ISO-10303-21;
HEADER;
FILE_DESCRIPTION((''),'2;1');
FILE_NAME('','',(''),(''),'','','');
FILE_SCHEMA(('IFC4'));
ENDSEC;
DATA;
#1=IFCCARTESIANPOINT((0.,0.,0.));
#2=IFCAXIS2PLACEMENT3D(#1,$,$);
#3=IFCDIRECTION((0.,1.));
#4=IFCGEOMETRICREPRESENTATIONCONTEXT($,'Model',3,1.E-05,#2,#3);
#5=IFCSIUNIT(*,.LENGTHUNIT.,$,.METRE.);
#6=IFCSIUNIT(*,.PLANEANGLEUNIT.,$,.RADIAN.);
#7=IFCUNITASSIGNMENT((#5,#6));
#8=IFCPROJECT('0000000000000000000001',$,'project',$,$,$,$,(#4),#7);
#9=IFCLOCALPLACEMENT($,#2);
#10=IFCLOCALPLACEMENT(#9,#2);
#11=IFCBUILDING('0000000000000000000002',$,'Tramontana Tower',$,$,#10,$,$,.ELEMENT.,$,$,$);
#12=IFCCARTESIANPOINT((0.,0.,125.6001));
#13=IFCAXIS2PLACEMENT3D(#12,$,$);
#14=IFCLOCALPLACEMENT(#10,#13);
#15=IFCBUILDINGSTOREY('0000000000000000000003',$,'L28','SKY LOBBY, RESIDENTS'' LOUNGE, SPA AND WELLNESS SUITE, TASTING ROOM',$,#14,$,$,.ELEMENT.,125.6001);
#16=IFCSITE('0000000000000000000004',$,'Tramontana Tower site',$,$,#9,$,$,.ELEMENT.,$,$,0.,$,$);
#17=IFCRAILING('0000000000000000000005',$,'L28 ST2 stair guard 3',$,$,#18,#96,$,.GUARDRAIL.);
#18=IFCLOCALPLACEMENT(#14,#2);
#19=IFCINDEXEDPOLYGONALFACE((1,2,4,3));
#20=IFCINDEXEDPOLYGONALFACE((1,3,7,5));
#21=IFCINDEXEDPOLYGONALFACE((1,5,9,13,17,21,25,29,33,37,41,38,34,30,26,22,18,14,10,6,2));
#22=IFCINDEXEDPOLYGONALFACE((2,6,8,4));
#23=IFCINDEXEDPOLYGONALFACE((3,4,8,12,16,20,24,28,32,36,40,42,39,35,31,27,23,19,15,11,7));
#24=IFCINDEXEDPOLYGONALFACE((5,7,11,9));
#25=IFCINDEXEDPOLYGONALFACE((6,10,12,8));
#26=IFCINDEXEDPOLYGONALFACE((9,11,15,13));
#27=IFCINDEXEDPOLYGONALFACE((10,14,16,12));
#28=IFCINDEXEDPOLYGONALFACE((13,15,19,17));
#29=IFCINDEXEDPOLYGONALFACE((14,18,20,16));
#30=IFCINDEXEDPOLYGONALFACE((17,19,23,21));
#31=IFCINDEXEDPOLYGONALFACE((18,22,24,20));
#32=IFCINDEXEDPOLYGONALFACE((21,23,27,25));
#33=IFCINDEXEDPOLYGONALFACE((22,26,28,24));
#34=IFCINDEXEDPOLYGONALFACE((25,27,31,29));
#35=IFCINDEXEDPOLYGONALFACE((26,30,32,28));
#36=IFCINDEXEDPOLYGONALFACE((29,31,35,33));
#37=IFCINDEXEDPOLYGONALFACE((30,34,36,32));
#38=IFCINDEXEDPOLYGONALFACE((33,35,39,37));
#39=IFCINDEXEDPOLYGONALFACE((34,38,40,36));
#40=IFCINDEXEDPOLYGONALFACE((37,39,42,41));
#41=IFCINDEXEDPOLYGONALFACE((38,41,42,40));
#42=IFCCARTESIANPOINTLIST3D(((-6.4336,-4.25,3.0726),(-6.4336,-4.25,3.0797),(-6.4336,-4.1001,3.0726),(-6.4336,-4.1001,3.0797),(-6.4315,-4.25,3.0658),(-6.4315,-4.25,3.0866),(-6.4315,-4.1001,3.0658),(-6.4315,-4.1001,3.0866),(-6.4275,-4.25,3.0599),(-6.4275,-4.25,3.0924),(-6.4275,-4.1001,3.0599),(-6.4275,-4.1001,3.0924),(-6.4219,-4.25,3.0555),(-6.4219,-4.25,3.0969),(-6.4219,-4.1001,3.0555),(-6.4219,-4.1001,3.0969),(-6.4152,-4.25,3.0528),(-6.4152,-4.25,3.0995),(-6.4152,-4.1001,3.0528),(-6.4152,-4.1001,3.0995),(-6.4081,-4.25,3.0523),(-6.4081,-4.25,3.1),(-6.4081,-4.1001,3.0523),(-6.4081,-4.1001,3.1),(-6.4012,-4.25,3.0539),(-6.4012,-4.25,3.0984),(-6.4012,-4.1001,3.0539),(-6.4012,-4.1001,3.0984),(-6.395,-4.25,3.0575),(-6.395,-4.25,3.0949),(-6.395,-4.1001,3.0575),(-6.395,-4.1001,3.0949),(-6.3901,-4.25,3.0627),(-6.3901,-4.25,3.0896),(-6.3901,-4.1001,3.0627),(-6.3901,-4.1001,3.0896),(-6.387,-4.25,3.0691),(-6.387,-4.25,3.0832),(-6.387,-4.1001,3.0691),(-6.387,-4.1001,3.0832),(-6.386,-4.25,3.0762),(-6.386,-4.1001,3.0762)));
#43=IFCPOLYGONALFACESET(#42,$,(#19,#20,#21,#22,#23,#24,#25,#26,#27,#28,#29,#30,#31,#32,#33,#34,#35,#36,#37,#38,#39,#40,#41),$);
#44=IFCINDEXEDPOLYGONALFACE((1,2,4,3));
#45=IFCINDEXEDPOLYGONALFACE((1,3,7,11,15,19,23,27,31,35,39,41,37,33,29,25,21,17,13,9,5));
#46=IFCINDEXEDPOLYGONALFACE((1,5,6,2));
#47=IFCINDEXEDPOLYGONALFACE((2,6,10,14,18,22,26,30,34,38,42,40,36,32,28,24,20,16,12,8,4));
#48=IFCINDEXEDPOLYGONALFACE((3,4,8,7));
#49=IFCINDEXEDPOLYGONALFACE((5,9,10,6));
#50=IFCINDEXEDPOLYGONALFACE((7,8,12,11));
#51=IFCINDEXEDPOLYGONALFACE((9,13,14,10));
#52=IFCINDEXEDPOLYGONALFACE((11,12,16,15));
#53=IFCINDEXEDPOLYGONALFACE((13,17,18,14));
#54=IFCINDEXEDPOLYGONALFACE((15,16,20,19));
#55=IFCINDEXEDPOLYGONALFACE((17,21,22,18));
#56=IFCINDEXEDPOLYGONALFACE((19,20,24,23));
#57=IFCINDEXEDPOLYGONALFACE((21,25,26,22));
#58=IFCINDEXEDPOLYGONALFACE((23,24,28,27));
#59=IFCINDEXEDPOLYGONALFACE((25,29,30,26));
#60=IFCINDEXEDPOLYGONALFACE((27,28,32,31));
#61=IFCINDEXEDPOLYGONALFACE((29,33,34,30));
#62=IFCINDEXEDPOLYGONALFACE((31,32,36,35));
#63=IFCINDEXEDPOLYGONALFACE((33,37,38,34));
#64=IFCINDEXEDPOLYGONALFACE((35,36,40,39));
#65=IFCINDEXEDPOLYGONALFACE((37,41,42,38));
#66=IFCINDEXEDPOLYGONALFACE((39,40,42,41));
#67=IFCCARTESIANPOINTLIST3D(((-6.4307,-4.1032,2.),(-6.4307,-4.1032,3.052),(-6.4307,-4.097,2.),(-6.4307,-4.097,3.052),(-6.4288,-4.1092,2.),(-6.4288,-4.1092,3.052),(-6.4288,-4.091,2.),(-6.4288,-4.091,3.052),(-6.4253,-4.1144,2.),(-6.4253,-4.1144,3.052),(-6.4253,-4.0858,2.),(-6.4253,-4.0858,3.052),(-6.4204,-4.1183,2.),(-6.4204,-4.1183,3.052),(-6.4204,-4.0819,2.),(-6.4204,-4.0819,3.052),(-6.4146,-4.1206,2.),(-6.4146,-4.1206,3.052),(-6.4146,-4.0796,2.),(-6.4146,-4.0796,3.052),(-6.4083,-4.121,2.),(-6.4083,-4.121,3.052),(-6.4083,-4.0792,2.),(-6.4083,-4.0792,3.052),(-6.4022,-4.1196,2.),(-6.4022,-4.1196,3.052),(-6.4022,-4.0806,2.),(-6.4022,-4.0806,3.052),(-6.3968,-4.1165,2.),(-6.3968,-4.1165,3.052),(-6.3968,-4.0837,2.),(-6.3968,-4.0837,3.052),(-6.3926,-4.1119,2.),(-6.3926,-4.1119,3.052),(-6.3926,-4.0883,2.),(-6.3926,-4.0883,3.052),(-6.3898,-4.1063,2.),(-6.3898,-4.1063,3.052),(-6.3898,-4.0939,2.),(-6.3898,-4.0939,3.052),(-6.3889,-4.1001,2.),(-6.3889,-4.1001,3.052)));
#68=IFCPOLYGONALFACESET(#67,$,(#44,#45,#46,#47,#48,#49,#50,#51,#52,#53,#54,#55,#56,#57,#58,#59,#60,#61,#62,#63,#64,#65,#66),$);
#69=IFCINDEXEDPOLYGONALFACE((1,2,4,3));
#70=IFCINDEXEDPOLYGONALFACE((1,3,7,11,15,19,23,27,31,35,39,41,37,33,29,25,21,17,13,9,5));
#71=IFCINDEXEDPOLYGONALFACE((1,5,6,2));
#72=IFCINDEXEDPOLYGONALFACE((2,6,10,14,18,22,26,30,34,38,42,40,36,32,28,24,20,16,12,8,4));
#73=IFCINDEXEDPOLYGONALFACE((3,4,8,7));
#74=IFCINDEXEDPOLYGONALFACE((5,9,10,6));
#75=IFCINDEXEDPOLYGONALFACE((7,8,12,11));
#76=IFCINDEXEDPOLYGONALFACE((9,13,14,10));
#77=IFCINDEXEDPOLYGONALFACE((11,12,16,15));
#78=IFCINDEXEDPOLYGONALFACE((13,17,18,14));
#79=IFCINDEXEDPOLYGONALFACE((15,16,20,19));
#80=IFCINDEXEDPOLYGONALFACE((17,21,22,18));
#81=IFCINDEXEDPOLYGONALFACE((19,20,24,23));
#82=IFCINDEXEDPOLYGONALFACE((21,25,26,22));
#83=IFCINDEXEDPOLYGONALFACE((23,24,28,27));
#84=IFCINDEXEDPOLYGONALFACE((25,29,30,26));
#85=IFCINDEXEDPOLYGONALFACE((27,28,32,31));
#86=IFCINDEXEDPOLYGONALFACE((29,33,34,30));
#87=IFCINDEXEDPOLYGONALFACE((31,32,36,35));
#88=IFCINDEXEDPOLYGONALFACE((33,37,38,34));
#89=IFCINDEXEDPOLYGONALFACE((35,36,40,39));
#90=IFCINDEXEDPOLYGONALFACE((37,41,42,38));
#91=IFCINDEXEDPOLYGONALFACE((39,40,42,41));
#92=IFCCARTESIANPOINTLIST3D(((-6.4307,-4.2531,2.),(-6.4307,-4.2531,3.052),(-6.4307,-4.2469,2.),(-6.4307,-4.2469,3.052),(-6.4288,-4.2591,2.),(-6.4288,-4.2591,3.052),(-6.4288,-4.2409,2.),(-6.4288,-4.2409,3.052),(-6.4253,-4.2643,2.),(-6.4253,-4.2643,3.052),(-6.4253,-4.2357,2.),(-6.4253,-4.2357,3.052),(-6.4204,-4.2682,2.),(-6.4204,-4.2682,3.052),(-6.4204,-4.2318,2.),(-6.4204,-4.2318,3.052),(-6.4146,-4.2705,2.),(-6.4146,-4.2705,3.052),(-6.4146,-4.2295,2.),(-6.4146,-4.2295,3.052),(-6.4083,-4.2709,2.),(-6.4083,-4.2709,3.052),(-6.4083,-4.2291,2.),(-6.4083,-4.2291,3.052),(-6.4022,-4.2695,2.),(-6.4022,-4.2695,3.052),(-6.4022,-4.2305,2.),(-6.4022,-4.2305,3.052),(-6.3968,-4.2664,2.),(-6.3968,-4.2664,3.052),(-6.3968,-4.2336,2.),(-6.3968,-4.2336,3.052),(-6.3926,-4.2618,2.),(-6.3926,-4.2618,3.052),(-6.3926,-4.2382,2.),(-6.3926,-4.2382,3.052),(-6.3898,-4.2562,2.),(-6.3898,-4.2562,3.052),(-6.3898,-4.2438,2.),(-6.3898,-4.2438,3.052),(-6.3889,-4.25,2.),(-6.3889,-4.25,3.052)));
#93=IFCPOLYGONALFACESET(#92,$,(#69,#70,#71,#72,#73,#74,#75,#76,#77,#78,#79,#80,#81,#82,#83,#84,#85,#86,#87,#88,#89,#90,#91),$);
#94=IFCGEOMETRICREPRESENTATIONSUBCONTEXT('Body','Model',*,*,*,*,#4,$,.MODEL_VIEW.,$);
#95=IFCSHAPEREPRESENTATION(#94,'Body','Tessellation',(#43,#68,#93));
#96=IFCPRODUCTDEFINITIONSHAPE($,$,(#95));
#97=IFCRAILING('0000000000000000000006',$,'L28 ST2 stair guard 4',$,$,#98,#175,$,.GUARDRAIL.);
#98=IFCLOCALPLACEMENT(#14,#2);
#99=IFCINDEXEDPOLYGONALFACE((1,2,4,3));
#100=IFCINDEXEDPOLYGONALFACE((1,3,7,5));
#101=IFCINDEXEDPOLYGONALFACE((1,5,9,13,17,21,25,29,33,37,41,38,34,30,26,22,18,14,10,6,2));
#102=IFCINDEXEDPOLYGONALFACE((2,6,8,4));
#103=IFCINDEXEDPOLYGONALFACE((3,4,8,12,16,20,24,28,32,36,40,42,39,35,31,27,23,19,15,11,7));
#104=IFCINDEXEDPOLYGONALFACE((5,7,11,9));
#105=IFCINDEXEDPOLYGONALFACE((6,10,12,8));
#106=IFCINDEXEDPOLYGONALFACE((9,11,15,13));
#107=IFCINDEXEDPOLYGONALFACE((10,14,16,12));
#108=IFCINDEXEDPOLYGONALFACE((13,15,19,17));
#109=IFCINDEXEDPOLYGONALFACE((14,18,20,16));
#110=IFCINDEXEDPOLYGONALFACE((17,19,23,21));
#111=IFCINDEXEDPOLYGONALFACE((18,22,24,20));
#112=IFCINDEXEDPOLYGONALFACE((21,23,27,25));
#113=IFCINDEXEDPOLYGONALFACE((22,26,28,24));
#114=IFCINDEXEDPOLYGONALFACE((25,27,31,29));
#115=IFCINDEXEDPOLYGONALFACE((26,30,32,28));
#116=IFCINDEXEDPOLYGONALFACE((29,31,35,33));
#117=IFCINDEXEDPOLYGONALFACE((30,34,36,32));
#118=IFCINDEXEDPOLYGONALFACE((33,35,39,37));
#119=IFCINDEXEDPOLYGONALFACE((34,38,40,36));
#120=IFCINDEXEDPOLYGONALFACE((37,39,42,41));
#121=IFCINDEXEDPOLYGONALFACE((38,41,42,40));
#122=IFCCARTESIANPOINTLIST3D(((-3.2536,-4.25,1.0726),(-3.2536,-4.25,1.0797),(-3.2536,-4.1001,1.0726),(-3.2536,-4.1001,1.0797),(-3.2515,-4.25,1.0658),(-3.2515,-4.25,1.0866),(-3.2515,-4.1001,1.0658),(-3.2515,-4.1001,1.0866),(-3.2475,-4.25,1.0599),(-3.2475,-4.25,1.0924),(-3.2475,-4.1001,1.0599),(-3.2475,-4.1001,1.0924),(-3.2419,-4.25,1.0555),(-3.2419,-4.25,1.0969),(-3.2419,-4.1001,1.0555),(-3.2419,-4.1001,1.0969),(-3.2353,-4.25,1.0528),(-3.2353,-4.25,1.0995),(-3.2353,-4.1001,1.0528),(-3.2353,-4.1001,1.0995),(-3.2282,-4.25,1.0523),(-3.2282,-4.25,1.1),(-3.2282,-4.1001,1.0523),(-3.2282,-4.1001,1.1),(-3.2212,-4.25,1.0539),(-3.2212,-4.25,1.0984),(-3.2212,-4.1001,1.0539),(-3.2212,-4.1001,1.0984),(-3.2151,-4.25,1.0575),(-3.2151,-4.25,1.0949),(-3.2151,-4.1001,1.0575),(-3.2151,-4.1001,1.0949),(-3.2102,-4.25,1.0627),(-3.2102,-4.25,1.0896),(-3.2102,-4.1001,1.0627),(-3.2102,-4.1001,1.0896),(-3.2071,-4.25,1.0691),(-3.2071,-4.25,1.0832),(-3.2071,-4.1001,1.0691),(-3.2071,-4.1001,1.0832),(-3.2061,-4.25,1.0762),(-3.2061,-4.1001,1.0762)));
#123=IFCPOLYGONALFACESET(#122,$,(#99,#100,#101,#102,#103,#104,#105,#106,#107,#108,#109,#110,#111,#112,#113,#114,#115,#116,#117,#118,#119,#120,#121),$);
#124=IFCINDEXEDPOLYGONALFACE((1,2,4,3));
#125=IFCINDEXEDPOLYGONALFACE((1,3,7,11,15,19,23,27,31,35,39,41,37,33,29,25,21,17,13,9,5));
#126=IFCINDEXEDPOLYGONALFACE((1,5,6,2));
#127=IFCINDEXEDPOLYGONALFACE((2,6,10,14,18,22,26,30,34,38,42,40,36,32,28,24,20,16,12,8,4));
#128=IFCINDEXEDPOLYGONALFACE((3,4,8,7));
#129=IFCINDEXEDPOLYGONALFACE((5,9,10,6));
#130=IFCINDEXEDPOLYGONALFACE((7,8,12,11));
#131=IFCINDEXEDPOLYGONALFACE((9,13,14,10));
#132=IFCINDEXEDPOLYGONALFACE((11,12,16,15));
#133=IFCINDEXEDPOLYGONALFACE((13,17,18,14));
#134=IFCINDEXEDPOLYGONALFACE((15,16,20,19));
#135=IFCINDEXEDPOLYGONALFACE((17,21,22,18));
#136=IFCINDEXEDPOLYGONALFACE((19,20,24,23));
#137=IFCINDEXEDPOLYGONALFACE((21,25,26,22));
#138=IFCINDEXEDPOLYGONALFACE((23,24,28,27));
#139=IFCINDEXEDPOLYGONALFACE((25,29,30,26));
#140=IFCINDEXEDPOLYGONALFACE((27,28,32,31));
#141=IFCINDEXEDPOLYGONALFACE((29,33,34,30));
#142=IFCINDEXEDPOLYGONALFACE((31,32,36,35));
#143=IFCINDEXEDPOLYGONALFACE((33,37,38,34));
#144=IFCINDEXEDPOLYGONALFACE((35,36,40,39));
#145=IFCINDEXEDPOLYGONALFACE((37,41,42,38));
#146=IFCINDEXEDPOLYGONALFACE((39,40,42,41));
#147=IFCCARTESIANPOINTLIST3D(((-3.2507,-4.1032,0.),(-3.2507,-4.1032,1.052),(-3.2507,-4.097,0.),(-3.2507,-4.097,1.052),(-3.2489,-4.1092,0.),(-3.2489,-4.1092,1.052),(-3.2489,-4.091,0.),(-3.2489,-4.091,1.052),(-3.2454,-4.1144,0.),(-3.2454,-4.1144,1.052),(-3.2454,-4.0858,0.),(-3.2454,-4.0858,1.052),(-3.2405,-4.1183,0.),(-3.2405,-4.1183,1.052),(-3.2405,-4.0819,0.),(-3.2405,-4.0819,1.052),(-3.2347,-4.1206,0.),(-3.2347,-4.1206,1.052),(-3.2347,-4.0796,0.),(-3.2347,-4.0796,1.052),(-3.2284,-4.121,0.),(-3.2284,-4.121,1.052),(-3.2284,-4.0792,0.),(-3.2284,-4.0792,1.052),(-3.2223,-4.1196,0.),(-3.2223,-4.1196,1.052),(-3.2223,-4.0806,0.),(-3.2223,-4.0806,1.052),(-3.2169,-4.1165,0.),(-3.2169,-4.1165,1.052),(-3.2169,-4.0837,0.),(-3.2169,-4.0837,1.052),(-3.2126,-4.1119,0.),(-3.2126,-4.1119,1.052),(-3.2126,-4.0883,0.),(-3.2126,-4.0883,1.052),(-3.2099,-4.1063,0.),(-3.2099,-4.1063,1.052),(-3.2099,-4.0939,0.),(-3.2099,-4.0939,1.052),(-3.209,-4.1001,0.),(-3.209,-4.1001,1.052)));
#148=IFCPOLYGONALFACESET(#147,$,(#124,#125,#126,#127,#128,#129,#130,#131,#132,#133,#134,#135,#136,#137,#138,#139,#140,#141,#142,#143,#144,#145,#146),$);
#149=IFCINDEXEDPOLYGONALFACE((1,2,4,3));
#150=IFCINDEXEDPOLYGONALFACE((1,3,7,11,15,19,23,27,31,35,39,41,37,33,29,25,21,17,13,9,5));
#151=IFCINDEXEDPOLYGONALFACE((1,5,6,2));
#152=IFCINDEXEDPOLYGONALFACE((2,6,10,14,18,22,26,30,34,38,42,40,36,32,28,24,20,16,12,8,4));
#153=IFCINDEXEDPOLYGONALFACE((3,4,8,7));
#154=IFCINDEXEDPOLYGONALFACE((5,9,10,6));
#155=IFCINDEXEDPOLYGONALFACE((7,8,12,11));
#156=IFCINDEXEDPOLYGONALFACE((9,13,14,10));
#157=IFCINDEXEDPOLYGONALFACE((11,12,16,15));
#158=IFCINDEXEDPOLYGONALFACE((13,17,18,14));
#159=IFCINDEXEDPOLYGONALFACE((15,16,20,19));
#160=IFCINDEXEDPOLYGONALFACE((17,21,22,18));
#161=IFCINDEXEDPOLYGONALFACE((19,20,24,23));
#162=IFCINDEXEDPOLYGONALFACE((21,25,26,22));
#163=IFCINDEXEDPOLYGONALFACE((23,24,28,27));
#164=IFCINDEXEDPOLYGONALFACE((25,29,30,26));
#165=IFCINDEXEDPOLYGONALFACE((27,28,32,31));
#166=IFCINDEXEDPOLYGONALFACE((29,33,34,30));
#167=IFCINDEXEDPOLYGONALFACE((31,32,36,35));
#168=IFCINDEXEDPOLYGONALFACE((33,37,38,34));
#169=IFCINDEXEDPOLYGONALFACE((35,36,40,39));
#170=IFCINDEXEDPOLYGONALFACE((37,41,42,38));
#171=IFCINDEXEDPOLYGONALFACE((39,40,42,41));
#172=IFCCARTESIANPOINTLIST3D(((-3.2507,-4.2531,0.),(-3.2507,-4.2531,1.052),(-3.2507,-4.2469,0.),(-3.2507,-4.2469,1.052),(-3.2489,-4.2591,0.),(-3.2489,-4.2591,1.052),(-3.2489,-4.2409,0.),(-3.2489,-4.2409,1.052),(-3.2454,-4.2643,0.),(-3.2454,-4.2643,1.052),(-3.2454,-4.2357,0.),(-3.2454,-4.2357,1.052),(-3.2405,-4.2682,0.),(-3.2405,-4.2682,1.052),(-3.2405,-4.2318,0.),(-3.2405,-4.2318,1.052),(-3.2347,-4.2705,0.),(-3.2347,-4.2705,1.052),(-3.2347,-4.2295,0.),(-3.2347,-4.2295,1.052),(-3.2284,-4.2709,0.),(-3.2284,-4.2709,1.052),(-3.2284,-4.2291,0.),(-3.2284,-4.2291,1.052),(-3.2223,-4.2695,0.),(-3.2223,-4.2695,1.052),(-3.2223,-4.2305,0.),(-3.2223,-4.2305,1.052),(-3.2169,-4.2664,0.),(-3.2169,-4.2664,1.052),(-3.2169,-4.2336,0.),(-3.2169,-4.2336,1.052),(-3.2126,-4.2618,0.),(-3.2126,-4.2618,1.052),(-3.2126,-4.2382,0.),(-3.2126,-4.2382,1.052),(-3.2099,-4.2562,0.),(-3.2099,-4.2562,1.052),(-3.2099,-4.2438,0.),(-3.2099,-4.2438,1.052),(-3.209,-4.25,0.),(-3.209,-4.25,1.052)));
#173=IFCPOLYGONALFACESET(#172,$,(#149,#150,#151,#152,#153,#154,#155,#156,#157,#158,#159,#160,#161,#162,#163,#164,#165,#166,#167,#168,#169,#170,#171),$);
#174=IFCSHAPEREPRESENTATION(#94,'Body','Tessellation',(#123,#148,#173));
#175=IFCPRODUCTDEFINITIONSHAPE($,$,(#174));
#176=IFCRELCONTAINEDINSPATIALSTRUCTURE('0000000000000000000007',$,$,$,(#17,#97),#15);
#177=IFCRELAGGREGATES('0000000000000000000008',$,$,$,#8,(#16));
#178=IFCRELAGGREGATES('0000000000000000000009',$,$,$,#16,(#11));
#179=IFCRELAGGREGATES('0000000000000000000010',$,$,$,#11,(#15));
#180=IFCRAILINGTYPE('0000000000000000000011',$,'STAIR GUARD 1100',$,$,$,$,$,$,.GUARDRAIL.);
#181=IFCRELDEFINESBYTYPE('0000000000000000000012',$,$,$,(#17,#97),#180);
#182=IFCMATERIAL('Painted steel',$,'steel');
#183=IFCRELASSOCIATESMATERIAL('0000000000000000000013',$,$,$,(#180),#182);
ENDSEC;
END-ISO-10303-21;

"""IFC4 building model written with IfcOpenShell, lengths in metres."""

from ifc_helpers import new_model, si_unit, direction, frame, origin, origin_2d, place, context, subcontext, project, spatial, circle, extrude, material, type_object, element, save


model = new_model("IFC4")

# Units and contexts
model_context = context("Model", 3, precision=1e-05, world=origin(), true_north=direction((0.0, 1.0)))
body_context = subcontext(model_context, "Body", "Model", "MODEL_VIEW")
ifc_project = project(units=[si_unit("LENGTHUNIT", "METRE"), si_unit("PLANEANGLEUNIT", "RADIAN")], contexts=[model_context])

# Site, building, storey
site_placement = place(None, origin())
site = spatial("IfcSite", under=ifc_project, at=site_placement, Name="Tramontana Tower site", CompositionType="ELEMENT", RefElevation=0.0)
building_placement = place(site_placement, origin())
building = spatial("IfcBuilding", under=site, at=building_placement, Name="Tramontana Tower", CompositionType="ELEMENT")
storey_placement = place(building_placement, frame((0.0, 0.0, 125.6001)))
storey = spatial("IfcBuildingStorey", under=building, at=storey_placement, Name="L28", Description="SKY LOBBY, RESIDENTS' LOUNGE, SPA AND WELLNESS SUITE, TASTING ROOM", CompositionType="ELEMENT", Elevation=125.6001)

# Railings
ifc_material_1 = material(Name="Painted steel", Category="steel")
railing_type_1 = type_object("IfcRailingType", Name="STAIR GUARD 1100", PredefinedType="GUARDRAIL", material=ifc_material_1)
for number, where, name in (
    (1, (-6.4099, -4.1001, 2.0), "L28 ST2 stair guard 3"),
    (2, (-3.23, -4.1001, 0.0), "L28 ST2 stair guard 4"),
):
    element("IfcRailing", number, at=place(storey_placement, frame(where)), inside=storey, type_object=railing_type_1, Name=name, PredefinedType="GUARDRAIL", context=body_context, shape_type="SweptSolid", body=[
        extrude(circle(Radius=0.0239, at=origin_2d()), frame((0.0, 0.0, 1.0762), z_axis=(0.0, -1.0, 0.0), x_axis=(1.0, 0.0, 0.0)), (0.0, 0.0, 1.0), 0.1499),
        extrude(circle(Radius=0.021, at=origin_2d()), origin(), (0.0, 0.0, 1.0), 1.052),
        extrude(circle(Radius=0.021, at=origin_2d()), frame((0.0, -0.1499, 0.0)), (0.0, 0.0, 1.0), 1.052),
    ])

save(model, "model.ifc")
